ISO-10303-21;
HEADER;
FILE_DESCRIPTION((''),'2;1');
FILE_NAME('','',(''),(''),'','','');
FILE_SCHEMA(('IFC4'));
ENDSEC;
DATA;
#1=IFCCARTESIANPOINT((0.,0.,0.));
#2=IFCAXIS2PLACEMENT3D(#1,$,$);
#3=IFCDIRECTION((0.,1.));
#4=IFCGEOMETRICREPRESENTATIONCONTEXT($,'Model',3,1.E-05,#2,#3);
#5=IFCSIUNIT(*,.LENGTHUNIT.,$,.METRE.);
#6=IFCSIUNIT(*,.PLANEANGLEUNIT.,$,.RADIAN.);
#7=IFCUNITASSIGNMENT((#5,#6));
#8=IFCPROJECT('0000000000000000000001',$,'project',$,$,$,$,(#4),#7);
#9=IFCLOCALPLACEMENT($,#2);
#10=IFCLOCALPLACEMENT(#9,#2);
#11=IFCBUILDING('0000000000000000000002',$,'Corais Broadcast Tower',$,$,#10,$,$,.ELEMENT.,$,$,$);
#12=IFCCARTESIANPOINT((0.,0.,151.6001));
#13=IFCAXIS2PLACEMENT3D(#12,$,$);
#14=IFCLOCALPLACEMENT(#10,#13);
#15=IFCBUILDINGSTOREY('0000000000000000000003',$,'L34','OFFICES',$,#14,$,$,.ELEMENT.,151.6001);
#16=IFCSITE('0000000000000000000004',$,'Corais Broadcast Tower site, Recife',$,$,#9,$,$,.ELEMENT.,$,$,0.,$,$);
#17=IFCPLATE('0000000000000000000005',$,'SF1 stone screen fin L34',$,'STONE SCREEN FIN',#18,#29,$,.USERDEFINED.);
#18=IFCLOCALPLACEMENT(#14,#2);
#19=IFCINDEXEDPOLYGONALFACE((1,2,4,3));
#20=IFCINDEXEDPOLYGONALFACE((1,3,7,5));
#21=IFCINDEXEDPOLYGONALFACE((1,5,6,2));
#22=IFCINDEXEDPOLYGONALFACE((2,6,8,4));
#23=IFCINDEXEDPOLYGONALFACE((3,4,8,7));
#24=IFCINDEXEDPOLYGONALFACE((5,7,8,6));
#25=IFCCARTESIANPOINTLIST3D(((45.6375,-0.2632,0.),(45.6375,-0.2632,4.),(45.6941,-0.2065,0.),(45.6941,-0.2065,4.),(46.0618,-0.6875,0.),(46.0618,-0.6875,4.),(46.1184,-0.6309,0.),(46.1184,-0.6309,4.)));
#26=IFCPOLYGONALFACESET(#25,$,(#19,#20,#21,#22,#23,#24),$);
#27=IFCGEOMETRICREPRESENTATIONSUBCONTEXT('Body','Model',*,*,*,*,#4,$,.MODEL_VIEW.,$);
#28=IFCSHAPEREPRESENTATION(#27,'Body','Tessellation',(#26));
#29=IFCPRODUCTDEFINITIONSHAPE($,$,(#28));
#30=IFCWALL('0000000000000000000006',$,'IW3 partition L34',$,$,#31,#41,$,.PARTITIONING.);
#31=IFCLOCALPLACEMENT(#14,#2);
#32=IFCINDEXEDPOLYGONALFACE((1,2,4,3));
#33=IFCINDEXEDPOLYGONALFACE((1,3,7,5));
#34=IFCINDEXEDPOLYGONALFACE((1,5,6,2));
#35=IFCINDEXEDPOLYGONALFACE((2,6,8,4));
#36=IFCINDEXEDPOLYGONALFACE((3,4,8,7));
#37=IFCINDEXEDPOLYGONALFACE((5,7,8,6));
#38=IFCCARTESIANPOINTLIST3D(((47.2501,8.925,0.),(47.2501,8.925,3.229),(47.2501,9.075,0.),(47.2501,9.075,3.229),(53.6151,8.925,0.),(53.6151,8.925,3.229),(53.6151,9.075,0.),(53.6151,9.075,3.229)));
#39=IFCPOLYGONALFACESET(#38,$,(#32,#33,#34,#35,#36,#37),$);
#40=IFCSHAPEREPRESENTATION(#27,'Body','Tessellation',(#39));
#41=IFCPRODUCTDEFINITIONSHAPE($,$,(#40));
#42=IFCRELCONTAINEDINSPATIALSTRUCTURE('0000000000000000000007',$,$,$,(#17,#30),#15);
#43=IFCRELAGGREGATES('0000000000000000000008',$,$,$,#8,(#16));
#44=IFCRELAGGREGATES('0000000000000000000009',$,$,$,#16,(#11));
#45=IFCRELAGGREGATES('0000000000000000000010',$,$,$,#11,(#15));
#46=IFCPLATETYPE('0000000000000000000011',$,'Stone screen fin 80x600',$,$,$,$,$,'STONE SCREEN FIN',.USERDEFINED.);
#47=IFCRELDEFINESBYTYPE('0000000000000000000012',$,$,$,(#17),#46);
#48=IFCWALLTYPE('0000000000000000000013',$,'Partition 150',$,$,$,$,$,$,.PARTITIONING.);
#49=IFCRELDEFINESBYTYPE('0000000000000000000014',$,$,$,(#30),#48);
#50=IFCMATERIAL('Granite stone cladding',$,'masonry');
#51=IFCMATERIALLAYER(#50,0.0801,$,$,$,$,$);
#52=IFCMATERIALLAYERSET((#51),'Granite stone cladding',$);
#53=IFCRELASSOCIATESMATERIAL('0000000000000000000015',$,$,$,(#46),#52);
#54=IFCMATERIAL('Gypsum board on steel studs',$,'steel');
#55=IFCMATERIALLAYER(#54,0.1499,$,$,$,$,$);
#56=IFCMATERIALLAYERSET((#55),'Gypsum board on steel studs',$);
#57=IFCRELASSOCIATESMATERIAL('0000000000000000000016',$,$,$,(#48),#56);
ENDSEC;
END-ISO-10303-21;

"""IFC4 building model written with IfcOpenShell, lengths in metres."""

from ifc_helpers import new_model, si_unit, direction, frame, frame_2d, origin, origin_2d, place, context, subcontext, project, spatial, rectangle, extrude, material, layer, layer_set, type_object, element, save


model = new_model("IFC4")

# Units and contexts
model_context = context("Model", 3, precision=1e-05, world=origin(), true_north=direction((0.0, 1.0)))
body_context = subcontext(model_context, "Body", "Model", "MODEL_VIEW")
ifc_project = project(units=[si_unit("LENGTHUNIT", "METRE"), si_unit("PLANEANGLEUNIT", "RADIAN")], contexts=[model_context])

# Site, building, storey
site_placement = place(None, origin())
site = spatial("IfcSite", under=ifc_project, at=site_placement, Name="Corais Broadcast Tower site, Recife", CompositionType="ELEMENT", RefElevation=0.0)
building_placement = place(site_placement, origin())
building = spatial("IfcBuilding", under=site, at=building_placement, Name="Corais Broadcast Tower", CompositionType="ELEMENT")
storey_placement = place(building_placement, frame((0.0, 0.0, 151.6001)))
storey = spatial("IfcBuildingStorey", under=building, at=storey_placement, Name="L34", Description="OFFICES", CompositionType="ELEMENT", Elevation=151.6001)

# Plate
ifc_material_1 = material(Name="Granite stone cladding", Category="masonry")
ifc_layer_1 = layer(ifc_material_1, 0.0801)
ifc_layer_set_1 = layer_set([ifc_layer_1], Name="Granite stone cladding")
plate_type_1 = type_object("IfcPlateType", Name="Stone screen fin 80x600", ElementType="STONE SCREEN FIN", PredefinedType="USERDEFINED", material=ifc_layer_set_1)
for number, where, z_axis, x_axis, name in (
    (1, (45.8779, -0.447, 0.0), (0.0, 0.0, 1.0), (-0.707107, -0.707107, 0.0), "SF1 stone screen fin L34"),
):
    element("IfcPlate", number, at=place(storey_placement, frame(where, z_axis=z_axis, x_axis=x_axis)), inside=storey, type_object=plate_type_1, Name=name, ObjectType="STONE SCREEN FIN", PredefinedType="USERDEFINED", context=body_context, shape_type="SweptSolid", body=[
        extrude(rectangle(XDim=0.0801, YDim=0.6001, at=origin_2d()), origin(), (0.0, 0.0, 1.0), 4.0),
    ])

# Wall
ifc_material_2 = material(Name="Gypsum board on steel studs", Category="steel")
ifc_layer_2 = layer(ifc_material_2, 0.1499)
ifc_layer_set_2 = layer_set([ifc_layer_2], Name="Gypsum board on steel studs")
wall_type = type_object("IfcWallType", Name="Partition 150", PredefinedType="PARTITIONING", material=ifc_layer_set_2)
wall_placement = place(storey_placement, frame((47.25, 9.0, 0.0), z_axis=(0.0, 0.0, 1.0), x_axis=(1.0, 0.0, 0.0)))
element("IfcWall", 2, at=wall_placement, inside=storey, type_object=wall_type, Name="IW3 partition L34", PredefinedType="PARTITIONING", context=body_context, shape_type="SweptSolid", body=[
    extrude(rectangle(XDim=6.365, YDim=0.1499, at=frame_2d((3.1826, 0.0))), origin(), (0.0, 0.0, 1.0), 3.229),
])

save(model, "model.ifc")
